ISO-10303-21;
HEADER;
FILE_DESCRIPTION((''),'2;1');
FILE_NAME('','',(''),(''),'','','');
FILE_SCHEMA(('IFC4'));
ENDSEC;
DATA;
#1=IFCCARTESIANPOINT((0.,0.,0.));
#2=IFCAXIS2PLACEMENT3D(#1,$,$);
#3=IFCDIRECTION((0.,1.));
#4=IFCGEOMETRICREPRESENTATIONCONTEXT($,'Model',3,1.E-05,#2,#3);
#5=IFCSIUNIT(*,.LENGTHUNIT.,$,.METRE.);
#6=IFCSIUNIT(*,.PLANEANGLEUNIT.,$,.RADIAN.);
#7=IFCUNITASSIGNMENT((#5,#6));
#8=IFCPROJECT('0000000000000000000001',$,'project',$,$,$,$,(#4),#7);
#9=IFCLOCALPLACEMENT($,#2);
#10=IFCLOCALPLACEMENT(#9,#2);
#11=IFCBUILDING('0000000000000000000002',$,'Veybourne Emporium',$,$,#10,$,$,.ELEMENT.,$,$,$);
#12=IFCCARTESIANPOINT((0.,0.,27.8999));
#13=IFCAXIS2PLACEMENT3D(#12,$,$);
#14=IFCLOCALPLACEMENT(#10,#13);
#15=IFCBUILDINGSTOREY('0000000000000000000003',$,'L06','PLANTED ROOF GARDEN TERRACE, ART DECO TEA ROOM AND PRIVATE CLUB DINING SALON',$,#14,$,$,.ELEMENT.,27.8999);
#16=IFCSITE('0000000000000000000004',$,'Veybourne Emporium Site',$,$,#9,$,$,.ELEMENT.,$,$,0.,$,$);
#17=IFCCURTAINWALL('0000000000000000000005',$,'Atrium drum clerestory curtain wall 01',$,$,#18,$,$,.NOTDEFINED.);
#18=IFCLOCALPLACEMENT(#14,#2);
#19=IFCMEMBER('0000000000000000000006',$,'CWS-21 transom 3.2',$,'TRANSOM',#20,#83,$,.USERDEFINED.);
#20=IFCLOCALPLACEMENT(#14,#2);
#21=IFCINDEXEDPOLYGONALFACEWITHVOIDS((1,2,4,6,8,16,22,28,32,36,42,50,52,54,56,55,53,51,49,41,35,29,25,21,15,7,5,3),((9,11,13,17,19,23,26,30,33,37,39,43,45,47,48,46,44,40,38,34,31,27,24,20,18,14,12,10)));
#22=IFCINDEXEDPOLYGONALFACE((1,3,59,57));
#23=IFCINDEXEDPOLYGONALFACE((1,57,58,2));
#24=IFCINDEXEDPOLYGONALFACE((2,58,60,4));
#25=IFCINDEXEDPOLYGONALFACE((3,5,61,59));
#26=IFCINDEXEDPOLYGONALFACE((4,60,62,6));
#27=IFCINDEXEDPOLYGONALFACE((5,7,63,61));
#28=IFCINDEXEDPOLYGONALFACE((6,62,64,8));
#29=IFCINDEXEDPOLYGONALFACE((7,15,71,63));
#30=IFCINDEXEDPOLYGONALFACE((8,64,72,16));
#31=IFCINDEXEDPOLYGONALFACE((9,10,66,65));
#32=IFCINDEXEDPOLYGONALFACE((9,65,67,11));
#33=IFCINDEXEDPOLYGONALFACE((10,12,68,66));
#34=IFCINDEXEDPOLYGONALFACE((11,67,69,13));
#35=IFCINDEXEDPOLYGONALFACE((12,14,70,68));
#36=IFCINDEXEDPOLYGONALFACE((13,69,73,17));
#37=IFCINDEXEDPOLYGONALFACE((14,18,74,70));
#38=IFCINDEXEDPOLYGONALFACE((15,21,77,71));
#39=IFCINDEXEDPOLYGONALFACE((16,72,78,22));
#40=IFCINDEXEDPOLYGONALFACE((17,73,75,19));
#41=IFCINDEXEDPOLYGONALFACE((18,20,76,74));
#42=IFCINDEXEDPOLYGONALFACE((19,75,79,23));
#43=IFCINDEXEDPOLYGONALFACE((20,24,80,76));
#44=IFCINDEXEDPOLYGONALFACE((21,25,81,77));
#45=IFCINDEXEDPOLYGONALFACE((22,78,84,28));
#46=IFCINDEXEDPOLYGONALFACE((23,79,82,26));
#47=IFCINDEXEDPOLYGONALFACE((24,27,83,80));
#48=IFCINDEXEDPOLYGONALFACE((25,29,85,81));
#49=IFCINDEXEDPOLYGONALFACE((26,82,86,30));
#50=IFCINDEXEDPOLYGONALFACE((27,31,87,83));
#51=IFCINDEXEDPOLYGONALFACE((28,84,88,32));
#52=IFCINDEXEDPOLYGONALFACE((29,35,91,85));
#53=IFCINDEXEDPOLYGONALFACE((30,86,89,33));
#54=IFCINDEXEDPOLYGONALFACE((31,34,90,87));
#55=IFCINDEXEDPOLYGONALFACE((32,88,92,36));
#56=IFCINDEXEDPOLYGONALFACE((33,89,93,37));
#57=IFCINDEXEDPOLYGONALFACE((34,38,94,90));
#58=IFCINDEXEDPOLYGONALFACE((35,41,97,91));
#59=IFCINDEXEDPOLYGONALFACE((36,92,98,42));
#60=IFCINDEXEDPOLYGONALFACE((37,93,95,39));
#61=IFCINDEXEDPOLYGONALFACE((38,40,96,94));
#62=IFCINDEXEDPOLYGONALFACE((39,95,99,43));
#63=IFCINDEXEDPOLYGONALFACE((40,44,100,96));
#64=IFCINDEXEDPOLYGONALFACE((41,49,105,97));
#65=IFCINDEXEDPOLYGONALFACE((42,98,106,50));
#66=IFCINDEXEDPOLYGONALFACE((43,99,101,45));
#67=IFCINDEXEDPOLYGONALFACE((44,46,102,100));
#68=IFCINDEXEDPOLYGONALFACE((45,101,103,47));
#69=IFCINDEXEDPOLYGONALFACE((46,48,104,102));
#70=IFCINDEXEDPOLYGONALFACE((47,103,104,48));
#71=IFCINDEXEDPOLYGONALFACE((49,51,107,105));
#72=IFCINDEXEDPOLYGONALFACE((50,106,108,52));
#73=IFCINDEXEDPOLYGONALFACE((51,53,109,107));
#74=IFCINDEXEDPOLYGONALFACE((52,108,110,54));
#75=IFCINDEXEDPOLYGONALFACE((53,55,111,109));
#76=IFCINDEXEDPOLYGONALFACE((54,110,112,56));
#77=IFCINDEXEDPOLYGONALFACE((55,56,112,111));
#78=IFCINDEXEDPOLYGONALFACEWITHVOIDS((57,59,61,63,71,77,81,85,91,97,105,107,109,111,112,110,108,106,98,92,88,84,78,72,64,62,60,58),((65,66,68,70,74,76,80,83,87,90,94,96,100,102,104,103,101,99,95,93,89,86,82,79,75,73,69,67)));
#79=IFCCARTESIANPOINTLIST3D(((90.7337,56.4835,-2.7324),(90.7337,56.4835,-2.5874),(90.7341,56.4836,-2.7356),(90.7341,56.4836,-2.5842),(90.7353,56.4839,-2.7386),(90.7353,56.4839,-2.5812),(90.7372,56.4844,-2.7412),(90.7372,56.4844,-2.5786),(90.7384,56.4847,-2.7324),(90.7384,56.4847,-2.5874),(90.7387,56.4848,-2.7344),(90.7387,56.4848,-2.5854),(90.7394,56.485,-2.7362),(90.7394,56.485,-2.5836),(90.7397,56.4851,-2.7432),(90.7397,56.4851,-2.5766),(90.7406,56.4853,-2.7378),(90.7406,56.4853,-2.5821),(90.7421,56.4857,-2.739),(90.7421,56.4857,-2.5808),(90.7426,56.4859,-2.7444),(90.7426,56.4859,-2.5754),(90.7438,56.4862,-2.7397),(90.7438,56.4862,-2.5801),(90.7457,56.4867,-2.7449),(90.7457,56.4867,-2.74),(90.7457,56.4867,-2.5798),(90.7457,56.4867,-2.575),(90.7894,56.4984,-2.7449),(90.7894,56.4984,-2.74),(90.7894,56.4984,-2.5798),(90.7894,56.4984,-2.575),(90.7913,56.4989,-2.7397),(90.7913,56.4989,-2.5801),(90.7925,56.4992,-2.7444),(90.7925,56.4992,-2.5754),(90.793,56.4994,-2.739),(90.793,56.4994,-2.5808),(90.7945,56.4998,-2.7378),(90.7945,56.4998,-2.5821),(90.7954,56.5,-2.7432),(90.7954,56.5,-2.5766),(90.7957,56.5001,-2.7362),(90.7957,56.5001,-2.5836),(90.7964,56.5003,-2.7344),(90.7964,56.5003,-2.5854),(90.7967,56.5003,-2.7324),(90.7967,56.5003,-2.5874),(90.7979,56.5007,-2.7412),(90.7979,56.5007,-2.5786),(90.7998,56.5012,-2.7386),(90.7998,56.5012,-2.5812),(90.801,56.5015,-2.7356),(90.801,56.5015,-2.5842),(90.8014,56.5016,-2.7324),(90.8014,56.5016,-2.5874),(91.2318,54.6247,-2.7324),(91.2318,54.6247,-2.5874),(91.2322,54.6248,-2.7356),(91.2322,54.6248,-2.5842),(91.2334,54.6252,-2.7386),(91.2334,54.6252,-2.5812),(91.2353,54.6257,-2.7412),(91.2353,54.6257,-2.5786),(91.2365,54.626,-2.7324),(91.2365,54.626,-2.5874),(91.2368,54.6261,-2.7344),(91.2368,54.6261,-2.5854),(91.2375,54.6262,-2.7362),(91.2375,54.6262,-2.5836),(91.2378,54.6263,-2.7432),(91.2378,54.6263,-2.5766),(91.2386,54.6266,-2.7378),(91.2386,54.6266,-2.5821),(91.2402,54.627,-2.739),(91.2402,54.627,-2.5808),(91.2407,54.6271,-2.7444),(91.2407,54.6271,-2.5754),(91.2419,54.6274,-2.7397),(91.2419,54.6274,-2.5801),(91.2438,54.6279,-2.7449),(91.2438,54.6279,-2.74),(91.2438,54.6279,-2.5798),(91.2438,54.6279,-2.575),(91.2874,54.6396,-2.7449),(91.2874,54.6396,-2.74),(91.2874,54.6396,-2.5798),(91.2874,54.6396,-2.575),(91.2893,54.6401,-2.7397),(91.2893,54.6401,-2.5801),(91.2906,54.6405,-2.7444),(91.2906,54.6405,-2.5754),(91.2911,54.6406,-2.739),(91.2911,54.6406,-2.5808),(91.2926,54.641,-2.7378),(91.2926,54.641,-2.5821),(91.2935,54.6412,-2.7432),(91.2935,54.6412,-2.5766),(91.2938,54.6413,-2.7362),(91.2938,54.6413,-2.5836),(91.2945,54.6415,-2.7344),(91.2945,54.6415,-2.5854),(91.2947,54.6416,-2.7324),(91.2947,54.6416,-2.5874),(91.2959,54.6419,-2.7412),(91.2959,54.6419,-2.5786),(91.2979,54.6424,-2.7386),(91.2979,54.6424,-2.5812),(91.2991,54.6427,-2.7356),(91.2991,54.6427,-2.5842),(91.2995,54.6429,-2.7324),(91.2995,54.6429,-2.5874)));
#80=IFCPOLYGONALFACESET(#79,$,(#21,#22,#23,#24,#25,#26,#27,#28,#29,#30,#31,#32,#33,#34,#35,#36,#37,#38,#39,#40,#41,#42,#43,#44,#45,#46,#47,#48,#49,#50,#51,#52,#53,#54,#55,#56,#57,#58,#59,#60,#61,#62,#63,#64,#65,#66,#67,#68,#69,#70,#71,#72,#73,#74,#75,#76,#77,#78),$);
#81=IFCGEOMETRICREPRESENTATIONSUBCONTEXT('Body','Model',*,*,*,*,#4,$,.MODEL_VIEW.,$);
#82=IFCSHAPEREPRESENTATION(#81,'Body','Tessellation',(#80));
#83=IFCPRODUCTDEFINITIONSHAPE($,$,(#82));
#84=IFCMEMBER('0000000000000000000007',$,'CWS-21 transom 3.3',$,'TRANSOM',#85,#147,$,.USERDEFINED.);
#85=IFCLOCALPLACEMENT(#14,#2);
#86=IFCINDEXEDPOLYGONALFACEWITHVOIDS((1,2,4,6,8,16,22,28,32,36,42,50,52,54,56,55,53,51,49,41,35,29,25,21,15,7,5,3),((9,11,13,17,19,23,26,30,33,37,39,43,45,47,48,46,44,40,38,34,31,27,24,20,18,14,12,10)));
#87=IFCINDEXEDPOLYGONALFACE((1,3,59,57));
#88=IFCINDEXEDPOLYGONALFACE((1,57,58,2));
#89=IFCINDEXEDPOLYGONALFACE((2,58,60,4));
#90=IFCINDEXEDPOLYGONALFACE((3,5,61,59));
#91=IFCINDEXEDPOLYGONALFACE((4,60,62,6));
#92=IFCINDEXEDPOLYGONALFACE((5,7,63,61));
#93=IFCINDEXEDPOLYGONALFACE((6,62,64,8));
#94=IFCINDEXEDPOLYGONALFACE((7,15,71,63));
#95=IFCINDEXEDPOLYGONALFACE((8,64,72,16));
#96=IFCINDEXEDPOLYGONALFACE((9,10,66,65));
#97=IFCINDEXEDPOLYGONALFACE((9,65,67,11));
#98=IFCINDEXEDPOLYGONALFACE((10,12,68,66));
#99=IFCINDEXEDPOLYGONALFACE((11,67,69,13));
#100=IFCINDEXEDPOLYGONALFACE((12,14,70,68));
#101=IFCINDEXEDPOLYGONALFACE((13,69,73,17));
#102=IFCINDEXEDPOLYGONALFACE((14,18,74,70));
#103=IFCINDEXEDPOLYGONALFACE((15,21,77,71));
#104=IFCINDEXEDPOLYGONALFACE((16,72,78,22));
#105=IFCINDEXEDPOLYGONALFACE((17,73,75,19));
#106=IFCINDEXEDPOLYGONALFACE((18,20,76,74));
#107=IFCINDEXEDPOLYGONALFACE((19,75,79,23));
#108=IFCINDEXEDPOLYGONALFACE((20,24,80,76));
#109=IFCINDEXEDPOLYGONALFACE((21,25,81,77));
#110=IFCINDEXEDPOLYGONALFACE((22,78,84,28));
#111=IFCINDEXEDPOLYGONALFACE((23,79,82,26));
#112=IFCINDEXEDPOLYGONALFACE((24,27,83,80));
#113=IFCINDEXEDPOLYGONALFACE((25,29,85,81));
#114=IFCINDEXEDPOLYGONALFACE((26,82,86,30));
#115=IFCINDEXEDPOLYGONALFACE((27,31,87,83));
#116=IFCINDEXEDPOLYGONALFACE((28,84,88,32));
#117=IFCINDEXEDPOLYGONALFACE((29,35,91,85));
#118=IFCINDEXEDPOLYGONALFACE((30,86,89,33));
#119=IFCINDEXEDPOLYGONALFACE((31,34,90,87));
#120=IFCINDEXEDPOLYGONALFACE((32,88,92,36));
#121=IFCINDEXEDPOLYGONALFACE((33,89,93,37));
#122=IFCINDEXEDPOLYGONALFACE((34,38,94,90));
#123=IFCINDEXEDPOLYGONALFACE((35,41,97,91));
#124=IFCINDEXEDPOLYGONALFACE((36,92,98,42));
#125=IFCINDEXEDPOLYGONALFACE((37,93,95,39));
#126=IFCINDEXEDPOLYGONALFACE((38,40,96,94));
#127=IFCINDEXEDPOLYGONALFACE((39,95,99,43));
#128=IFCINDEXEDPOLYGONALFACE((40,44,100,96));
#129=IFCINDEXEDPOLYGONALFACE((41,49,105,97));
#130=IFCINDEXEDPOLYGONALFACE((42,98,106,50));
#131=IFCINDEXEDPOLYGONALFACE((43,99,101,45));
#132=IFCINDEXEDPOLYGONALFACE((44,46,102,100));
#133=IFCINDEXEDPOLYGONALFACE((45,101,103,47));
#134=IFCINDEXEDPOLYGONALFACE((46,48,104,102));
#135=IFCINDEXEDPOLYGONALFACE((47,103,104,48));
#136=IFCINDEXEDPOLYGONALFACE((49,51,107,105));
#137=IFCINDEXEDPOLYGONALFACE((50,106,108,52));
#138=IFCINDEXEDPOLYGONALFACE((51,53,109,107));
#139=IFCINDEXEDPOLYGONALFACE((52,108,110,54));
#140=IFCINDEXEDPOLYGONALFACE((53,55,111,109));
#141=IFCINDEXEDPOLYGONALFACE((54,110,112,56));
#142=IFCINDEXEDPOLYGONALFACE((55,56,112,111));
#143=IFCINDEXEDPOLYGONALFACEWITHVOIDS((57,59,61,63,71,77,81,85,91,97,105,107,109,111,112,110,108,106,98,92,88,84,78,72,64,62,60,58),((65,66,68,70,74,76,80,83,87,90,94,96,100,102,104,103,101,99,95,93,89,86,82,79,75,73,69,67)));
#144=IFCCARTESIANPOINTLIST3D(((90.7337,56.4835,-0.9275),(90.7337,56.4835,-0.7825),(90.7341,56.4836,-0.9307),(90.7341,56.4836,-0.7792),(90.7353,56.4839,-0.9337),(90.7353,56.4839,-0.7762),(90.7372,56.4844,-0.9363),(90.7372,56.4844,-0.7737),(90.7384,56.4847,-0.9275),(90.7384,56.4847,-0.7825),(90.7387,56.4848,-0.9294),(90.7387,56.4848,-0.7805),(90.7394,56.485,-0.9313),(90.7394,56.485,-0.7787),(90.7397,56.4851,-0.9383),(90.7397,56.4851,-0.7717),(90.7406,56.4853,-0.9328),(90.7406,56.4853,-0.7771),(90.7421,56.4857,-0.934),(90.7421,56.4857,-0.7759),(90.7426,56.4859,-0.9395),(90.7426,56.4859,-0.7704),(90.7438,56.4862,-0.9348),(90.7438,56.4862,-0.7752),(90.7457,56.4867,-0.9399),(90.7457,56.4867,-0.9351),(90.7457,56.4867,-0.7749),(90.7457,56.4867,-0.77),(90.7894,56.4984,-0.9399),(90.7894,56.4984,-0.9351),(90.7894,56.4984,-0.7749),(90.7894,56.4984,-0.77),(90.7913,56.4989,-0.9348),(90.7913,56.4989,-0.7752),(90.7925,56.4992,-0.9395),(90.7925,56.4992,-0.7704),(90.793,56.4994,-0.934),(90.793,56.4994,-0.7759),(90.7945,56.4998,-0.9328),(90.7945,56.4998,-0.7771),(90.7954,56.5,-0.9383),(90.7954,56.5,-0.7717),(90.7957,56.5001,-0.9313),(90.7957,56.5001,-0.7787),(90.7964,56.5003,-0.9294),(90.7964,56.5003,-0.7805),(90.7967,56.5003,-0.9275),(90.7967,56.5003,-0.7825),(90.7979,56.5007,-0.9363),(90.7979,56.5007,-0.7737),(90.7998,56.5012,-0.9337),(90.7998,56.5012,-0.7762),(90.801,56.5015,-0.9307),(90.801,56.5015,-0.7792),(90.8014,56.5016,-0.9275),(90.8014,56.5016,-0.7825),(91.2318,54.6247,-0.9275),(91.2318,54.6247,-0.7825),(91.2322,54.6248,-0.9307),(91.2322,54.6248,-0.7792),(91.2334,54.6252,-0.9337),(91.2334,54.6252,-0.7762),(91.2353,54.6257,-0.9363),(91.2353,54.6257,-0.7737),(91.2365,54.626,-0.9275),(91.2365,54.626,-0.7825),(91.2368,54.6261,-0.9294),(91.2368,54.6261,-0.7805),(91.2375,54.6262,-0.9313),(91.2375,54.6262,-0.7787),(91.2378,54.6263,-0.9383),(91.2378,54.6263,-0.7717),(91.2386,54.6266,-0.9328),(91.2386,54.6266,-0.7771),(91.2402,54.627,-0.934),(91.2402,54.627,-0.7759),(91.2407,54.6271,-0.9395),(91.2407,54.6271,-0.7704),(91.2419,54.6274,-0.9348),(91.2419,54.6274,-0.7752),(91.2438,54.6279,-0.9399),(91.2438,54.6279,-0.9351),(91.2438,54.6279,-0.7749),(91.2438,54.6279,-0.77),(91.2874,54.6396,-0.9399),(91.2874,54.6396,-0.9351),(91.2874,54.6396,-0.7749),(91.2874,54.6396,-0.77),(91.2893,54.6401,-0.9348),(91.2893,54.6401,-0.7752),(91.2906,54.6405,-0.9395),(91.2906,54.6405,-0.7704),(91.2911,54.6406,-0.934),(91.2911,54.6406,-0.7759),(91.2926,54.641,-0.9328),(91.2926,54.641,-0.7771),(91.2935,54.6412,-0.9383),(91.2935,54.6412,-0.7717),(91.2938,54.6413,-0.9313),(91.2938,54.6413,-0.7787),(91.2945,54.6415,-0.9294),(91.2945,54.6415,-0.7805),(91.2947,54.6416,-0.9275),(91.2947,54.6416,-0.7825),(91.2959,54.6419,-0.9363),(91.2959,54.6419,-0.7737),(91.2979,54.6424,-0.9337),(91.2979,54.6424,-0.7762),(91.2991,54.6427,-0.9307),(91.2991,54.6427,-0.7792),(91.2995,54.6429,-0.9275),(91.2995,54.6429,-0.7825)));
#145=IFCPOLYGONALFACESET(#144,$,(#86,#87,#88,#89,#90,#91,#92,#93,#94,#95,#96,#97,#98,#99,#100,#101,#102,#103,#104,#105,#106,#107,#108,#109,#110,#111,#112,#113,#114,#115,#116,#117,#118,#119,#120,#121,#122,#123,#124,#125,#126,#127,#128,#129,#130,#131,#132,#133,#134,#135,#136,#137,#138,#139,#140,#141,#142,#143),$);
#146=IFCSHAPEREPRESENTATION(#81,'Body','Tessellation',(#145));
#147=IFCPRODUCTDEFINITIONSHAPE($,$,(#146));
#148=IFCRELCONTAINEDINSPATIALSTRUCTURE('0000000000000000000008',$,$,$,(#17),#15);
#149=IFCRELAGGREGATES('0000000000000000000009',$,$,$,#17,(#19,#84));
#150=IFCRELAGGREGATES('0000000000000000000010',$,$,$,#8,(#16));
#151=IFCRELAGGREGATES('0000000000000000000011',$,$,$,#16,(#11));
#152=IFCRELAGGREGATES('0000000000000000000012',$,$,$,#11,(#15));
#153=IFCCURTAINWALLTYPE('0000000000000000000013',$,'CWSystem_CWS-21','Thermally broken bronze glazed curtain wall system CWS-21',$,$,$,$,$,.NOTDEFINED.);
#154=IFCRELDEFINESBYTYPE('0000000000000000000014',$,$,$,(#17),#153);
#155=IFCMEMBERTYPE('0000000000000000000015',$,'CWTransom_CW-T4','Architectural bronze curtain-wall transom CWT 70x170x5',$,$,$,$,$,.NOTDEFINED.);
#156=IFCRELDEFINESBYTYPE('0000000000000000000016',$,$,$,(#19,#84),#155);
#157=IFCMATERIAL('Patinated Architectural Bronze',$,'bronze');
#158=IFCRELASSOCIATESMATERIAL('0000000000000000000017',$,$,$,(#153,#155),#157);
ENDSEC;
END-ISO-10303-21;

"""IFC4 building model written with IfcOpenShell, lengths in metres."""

from ifc_helpers import new_model, si_unit, direction, frame, origin, origin_2d, place, context, subcontext, project, spatial, hollow_rectangle, extrude, material, material_profile, profile_set, type_object, element, aggregate, save


model = new_model("IFC4")

# Units and contexts
model_context = context("Model", 3, precision=1e-05, world=origin(), true_north=direction((0.0, 1.0)))
body_context = subcontext(model_context, "Body", "Model", "MODEL_VIEW")
ifc_project = project(units=[si_unit("LENGTHUNIT", "METRE"), si_unit("PLANEANGLEUNIT", "RADIAN")], contexts=[model_context])

# Site, building, storey
site_placement = place(None, origin())
site = spatial("IfcSite", under=ifc_project, at=site_placement, Name="Veybourne Emporium Site", CompositionType="ELEMENT", RefElevation=0.0)
building_placement = place(site_placement, origin())
building = spatial("IfcBuilding", under=site, at=building_placement, Name="Veybourne Emporium", CompositionType="ELEMENT")
storey_placement = place(building_placement, frame((0.0, 0.0, 27.8999)))
storey = spatial("IfcBuildingStorey", under=building, at=storey_placement, Name="L06", Description="PLANTED ROOF GARDEN TERRACE, ART DECO TEA ROOM AND PRIVATE CLUB DINING SALON", CompositionType="ELEMENT", Elevation=27.8999)

# Curtain wall
ifc_material_1 = material(Name="Patinated Architectural Bronze", Category="bronze")
curtain_wall_type_1 = type_object("IfcCurtainWallType", Name="CWSystem_CWS-21", Description="Thermally broken bronze glazed curtain wall system CWS-21", PredefinedType="NOTDEFINED", material=ifc_material_1)
curtain_wall_1_placement = place(storey_placement, origin())
curtain_wall_1 = element("IfcCurtainWall", 1, at=curtain_wall_1_placement, inside=storey, type_object=curtain_wall_type_1, Name="Atrium drum clerestory curtain wall 01", PredefinedType="NOTDEFINED")

# Members
ifc_material_profile_1 = material_profile(ifc_material_1, hollow_rectangle(XDim=0.0701, YDim=0.1699, WallThickness=0.0049, InnerFilletRadius=0.0076, OuterFilletRadius=0.0125, at=origin_2d()), Name="CWT 70x170x5")
ifc_profile_set_1 = profile_set([ifc_material_profile_1], Name="Patinated Architectural Bronze")
member_type_1 = type_object("IfcMemberType", Name="CWTransom_CW-T4", Description="Architectural bronze curtain-wall transom CWT 70x170x5", PredefinedType="NOTDEFINED", material=ifc_profile_set_1)
member_1_placement = place(storey_placement, frame((91.2656, 54.6338, -2.6599), z_axis=(-0.258831, 0.965923, 0.0), x_axis=(-0.965923, -0.258831, 0.0)))
member_1 = element("IfcMember", 2, at=member_1_placement, type_object=member_type_1, Name="CWS-21 transom 3.2", ObjectType="TRANSOM", PredefinedType="USERDEFINED", context=body_context, shape_type="SweptSolid", body=[
    extrude(hollow_rectangle(XDim=0.0701, YDim=0.1699, WallThickness=0.0049, InnerFilletRadius=0.0076, OuterFilletRadius=0.0125, at=origin_2d()), origin(), (0.0, 0.0, 1.0), 1.9243),
])
member_2_placement = place(storey_placement, frame((91.2656, 54.6338, -0.855), z_axis=(-0.258831, 0.965923, 0.0), x_axis=(-0.965923, -0.258831, 0.0)))
member_2 = element("IfcMember", 3, at=member_2_placement, type_object=member_type_1, Name="CWS-21 transom 3.3", ObjectType="TRANSOM", PredefinedType="USERDEFINED", context=body_context, shape_type="SweptSolid", body=[
    extrude(hollow_rectangle(XDim=0.0701, YDim=0.1699, WallThickness=0.0049, InnerFilletRadius=0.0076, OuterFilletRadius=0.0125, at=origin_2d()), origin(), (0.0, 0.0, 1.0), 1.9243),
])

aggregate(curtain_wall_1, [member_1, member_2])

save(model, "model.ifc")
